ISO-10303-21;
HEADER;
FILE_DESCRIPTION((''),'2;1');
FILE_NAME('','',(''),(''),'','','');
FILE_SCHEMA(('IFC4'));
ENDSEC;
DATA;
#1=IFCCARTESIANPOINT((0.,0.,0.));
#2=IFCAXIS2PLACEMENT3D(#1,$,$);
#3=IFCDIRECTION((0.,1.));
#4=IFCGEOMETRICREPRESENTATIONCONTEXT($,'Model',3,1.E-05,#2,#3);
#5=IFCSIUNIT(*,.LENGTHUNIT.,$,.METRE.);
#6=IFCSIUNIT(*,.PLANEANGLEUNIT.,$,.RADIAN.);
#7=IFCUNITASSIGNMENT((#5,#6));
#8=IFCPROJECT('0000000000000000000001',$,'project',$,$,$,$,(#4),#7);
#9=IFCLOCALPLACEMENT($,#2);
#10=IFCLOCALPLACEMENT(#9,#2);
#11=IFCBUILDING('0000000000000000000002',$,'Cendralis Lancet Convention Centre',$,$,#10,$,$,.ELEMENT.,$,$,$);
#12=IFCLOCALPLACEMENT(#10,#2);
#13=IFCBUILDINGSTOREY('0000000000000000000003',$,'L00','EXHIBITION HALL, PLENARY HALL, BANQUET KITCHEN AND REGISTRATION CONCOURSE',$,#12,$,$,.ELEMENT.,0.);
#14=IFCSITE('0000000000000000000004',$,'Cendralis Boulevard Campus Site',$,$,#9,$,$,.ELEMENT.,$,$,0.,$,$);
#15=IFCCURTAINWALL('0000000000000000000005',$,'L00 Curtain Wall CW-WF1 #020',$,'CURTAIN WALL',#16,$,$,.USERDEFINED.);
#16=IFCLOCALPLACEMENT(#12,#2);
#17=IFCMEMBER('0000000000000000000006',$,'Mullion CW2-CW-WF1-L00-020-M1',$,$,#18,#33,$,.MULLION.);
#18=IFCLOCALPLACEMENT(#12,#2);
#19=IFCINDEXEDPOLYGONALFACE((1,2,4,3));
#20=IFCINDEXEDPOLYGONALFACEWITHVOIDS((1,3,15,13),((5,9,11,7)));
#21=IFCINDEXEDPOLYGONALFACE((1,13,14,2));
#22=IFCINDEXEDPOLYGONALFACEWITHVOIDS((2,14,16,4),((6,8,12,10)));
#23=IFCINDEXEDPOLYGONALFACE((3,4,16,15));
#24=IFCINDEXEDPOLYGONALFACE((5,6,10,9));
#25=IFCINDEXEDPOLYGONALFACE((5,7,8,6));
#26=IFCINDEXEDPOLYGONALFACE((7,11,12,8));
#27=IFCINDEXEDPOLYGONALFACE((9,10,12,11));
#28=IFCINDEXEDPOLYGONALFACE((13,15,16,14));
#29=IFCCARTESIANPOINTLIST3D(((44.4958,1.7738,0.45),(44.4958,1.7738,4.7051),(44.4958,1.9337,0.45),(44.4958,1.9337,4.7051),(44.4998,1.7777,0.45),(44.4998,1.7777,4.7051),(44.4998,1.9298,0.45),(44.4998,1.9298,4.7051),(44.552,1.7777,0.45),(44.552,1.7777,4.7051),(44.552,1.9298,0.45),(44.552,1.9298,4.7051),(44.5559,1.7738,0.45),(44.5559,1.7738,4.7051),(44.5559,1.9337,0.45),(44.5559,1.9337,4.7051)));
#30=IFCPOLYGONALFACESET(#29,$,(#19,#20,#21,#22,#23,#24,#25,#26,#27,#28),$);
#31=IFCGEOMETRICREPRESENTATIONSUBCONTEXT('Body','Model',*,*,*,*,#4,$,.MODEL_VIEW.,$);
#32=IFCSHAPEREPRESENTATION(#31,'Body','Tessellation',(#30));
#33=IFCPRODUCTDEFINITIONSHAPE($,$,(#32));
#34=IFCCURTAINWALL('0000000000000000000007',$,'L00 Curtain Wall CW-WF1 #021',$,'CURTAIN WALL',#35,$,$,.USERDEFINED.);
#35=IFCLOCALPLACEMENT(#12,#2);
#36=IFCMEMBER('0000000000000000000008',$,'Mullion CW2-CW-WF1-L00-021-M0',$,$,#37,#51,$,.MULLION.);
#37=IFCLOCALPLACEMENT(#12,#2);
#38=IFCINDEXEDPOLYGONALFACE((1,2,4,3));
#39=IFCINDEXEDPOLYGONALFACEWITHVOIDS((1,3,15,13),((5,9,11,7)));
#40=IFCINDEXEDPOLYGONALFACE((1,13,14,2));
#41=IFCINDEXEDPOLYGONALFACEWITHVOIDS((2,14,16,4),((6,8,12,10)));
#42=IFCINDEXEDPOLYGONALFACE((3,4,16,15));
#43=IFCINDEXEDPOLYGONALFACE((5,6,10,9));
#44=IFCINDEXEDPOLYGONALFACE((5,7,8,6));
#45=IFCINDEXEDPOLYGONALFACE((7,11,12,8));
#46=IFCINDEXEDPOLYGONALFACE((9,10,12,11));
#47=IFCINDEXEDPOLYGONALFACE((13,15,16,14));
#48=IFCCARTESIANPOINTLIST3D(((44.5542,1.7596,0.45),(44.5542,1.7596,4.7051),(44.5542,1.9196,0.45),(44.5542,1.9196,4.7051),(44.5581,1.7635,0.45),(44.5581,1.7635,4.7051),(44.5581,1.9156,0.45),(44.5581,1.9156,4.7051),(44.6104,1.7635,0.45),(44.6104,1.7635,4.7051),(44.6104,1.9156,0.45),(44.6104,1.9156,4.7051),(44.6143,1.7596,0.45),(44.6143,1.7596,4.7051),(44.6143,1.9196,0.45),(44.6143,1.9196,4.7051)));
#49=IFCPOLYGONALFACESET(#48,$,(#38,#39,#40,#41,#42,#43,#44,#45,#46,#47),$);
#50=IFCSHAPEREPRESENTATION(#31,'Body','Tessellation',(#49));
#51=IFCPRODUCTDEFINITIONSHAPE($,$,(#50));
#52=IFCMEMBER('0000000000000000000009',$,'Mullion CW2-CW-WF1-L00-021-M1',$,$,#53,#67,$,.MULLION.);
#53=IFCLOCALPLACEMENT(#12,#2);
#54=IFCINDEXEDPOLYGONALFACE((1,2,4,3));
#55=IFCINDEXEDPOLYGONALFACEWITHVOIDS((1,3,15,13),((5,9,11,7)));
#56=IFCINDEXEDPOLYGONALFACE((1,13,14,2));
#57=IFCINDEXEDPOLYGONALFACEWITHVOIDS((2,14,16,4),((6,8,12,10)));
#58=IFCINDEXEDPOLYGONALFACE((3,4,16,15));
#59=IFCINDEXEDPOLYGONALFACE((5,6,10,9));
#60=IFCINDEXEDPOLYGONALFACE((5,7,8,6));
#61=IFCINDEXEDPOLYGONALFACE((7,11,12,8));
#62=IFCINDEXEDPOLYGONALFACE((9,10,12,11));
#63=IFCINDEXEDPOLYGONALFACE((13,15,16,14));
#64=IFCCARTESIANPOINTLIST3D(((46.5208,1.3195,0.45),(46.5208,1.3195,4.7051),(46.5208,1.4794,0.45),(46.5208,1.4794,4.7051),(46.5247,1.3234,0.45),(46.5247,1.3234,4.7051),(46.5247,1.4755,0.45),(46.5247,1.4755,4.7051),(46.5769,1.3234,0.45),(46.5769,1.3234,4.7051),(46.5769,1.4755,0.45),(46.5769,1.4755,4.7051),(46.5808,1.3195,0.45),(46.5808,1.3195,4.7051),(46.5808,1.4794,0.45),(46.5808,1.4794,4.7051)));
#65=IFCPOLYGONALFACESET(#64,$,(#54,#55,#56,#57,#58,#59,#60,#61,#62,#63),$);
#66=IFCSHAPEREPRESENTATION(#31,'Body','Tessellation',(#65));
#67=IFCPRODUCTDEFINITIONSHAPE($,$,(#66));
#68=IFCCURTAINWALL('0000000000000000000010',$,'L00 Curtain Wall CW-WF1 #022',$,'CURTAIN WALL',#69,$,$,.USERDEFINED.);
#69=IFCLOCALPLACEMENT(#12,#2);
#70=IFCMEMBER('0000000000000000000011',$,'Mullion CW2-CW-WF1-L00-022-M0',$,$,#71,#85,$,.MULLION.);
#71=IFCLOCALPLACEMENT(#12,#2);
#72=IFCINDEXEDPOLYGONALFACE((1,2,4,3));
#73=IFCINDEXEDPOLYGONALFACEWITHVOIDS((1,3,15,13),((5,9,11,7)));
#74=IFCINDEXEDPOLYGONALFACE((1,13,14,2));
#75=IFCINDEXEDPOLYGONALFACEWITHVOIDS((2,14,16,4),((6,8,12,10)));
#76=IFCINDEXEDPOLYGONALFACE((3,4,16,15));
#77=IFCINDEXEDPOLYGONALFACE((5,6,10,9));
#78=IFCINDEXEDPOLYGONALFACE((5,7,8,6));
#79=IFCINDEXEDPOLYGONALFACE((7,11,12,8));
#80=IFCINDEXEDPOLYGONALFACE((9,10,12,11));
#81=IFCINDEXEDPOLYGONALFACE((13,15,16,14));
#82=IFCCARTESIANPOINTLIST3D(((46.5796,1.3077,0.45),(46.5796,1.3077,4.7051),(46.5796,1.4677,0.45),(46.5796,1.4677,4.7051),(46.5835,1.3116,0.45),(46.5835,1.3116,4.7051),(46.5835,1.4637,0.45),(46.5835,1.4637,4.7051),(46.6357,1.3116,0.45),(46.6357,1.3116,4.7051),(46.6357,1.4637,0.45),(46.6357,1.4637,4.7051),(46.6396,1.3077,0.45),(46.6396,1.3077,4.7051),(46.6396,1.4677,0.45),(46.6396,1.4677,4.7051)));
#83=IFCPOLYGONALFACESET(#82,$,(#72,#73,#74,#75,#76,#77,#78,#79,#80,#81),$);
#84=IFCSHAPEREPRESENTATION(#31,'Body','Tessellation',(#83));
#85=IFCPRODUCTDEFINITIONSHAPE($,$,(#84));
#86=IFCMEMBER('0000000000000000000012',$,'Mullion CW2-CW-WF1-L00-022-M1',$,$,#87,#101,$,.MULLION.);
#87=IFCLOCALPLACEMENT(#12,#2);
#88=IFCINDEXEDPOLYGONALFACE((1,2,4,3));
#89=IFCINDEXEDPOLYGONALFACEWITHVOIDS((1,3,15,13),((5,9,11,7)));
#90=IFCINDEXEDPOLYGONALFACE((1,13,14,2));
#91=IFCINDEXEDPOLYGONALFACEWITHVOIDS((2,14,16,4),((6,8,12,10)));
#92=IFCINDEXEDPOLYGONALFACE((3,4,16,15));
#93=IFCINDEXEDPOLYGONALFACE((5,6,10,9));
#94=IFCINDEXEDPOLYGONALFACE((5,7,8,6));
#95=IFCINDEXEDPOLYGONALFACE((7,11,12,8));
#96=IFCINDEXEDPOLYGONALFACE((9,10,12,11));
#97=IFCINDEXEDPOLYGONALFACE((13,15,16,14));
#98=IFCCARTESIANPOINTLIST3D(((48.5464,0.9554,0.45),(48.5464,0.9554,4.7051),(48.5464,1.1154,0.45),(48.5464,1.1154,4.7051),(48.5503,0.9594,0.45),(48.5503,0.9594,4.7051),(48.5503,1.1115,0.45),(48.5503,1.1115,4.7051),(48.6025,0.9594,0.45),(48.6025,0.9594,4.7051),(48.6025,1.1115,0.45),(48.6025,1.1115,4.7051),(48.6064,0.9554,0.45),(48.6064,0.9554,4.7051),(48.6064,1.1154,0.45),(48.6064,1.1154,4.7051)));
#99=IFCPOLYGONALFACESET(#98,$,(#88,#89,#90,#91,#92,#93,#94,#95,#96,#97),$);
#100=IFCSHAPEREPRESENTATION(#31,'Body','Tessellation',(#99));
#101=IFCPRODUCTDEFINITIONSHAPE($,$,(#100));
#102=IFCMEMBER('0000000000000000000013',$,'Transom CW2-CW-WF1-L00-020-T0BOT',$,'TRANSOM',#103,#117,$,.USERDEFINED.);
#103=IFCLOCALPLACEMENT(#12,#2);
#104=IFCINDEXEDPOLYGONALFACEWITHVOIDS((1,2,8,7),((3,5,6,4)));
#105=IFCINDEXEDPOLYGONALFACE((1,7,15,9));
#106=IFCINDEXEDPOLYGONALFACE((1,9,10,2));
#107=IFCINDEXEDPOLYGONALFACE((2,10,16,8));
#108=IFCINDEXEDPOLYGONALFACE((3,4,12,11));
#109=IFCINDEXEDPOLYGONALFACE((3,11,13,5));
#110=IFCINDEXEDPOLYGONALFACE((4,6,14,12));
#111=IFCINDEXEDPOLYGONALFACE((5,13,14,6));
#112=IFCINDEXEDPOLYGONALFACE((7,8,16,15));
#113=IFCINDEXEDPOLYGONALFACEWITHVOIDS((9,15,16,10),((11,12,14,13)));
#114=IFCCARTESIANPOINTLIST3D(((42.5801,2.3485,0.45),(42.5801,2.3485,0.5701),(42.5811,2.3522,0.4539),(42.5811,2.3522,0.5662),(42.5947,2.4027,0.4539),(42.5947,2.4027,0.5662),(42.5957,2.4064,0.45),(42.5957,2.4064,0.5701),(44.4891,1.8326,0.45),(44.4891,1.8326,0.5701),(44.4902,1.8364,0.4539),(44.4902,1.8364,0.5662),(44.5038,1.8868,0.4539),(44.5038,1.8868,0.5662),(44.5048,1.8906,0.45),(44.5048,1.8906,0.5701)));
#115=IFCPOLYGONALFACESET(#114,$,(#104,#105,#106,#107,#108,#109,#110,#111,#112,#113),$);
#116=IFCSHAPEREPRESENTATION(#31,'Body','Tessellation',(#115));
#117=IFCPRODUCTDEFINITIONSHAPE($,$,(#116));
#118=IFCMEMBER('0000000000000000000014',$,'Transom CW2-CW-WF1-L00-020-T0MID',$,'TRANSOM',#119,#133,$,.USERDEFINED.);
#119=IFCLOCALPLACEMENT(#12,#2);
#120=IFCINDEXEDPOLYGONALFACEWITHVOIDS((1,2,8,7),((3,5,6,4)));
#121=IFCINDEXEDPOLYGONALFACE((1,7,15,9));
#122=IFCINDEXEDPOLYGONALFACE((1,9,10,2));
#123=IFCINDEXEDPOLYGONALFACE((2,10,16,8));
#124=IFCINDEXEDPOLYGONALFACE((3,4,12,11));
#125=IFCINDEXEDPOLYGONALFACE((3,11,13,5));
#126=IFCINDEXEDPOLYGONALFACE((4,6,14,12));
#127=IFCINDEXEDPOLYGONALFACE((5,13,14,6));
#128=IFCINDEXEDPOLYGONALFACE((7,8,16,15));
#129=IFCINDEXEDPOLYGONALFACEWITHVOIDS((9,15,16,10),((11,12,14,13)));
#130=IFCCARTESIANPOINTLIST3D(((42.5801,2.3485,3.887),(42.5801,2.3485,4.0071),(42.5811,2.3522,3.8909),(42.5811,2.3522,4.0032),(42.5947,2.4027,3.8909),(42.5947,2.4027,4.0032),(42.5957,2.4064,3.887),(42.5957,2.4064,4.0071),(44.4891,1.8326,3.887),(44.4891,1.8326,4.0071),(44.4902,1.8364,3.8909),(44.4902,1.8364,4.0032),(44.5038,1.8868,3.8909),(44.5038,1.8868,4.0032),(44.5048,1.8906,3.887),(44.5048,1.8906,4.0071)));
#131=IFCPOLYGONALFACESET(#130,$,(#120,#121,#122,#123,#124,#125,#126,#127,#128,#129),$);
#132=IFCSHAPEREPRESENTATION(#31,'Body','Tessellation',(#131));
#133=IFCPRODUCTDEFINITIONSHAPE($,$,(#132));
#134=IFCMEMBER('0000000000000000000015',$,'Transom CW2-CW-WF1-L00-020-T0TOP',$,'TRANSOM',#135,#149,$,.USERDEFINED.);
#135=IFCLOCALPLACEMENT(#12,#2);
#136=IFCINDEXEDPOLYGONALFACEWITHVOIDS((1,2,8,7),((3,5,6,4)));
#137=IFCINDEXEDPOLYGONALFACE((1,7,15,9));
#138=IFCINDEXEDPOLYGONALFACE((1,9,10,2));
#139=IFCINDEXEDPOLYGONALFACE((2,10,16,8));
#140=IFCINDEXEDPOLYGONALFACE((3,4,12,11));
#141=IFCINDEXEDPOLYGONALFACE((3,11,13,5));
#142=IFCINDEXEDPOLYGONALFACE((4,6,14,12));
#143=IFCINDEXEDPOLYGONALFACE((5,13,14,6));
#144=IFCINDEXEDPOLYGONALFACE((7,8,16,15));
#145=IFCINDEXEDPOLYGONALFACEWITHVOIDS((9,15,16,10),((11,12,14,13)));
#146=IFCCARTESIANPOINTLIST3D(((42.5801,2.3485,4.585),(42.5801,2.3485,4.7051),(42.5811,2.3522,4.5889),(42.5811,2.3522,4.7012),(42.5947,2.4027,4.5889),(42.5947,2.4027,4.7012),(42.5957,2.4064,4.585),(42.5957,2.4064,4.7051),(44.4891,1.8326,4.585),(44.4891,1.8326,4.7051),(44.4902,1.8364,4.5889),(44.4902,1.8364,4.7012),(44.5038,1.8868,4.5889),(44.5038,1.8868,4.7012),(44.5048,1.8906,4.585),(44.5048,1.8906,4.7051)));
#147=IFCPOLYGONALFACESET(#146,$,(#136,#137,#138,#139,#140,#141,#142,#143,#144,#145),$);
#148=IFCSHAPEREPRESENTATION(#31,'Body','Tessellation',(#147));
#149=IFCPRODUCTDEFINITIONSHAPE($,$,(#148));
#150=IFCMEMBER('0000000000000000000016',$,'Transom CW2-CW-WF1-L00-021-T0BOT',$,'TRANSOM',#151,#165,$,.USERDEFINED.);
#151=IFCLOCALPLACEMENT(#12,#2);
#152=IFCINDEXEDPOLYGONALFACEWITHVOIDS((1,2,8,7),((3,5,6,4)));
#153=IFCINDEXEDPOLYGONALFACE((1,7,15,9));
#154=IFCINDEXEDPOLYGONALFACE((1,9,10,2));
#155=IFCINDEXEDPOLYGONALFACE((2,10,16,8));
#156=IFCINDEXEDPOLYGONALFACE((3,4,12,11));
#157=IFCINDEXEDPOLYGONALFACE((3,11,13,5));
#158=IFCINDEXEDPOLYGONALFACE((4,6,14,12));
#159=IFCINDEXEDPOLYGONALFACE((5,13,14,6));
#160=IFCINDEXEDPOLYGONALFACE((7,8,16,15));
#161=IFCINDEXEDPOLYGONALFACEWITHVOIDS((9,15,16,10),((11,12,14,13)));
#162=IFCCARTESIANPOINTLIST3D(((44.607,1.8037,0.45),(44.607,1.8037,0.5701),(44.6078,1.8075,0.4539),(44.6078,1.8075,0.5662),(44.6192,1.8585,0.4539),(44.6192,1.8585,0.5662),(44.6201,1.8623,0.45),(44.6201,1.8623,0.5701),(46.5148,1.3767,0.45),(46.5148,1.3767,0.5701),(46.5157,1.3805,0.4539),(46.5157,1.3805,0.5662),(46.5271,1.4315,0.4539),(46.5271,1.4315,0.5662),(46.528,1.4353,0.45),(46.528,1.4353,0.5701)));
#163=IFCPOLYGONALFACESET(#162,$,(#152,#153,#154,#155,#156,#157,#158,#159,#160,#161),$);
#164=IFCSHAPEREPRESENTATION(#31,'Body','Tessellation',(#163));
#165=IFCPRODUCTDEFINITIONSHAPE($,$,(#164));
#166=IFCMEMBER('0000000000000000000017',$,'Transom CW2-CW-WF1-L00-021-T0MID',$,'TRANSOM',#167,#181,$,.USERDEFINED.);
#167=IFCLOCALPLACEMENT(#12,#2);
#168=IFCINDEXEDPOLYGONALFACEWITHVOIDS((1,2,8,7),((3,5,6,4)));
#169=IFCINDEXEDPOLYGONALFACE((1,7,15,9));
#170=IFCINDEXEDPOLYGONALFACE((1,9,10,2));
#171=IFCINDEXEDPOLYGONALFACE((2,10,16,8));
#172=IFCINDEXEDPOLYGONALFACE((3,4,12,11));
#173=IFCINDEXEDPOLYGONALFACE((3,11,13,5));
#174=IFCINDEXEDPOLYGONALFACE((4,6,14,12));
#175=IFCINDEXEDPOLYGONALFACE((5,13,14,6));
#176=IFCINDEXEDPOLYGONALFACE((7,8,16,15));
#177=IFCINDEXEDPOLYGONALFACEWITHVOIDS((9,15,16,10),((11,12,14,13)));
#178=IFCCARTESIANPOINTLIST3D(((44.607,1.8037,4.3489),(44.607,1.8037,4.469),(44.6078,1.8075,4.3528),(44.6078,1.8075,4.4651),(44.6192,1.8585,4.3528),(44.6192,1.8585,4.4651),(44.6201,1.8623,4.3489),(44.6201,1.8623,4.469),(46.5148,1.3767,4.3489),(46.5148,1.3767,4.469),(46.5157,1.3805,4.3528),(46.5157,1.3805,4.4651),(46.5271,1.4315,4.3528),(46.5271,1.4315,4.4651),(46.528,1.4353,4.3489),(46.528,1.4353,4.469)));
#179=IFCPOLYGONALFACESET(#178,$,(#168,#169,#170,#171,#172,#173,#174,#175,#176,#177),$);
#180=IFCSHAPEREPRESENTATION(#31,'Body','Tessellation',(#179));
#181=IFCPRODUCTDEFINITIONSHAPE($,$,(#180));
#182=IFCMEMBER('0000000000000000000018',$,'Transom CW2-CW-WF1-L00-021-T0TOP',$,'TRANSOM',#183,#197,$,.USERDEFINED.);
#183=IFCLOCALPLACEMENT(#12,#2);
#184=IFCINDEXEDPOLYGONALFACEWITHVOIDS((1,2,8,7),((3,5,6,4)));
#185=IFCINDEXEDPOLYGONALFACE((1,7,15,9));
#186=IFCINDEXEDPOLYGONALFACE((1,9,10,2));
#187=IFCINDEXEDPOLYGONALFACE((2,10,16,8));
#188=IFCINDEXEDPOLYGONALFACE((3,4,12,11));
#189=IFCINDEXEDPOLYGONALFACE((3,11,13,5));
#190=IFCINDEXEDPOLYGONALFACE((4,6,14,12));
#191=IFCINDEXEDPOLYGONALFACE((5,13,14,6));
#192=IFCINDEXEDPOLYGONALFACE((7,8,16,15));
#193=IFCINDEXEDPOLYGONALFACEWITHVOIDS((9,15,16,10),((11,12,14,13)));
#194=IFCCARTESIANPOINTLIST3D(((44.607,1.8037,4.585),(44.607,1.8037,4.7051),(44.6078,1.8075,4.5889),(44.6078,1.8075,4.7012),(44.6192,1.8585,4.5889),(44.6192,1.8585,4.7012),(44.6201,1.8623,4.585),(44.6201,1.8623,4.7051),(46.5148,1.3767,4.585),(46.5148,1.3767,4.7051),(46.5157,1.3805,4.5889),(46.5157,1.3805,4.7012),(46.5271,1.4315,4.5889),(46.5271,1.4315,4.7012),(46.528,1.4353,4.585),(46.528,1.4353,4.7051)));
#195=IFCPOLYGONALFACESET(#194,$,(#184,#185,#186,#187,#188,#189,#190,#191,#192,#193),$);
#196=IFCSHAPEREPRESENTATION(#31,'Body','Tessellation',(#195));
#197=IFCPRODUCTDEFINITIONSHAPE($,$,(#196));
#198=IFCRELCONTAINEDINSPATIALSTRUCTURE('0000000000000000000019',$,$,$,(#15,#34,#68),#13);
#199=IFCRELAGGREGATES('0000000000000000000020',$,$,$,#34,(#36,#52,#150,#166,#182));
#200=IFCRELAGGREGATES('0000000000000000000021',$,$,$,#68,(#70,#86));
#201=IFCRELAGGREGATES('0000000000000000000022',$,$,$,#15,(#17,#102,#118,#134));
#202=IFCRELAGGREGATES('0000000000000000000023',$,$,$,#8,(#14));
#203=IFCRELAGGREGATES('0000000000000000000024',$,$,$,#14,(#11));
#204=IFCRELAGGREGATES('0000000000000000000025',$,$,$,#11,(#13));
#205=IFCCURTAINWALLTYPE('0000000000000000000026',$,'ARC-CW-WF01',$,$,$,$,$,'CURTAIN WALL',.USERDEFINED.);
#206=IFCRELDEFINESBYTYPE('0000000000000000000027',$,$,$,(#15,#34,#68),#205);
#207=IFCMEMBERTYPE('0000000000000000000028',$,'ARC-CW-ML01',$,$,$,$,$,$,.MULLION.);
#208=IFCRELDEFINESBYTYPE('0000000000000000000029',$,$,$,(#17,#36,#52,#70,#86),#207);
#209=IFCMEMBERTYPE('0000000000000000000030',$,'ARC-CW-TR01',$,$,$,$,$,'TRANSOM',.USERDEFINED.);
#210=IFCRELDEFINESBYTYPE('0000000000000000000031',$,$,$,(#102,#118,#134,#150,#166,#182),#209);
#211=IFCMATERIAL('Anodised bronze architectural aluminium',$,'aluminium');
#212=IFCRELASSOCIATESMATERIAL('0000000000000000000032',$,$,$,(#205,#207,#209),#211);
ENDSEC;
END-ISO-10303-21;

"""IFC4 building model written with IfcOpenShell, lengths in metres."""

from ifc_helpers import new_model, si_unit, direction, frame, origin, origin_2d, place, context, subcontext, project, spatial, hollow_rectangle, extrude, material, material_profile, profile_set, type_object, element, aggregate, save


model = new_model("IFC4")

# Units and contexts
model_context = context("Model", 3, precision=1e-05, world=origin(), true_north=direction((0.0, 1.0)))
body_context = subcontext(model_context, "Body", "Model", "MODEL_VIEW")
ifc_project = project(units=[si_unit("LENGTHUNIT", "METRE"), si_unit("PLANEANGLEUNIT", "RADIAN")], contexts=[model_context])

# Site, building, storey
site_placement = place(None, origin())
site = spatial("IfcSite", under=ifc_project, at=site_placement, Name="Cendralis Boulevard Campus Site", CompositionType="ELEMENT", RefElevation=0.0)
building_placement = place(site_placement, origin())
building = spatial("IfcBuilding", under=site, at=building_placement, Name="Cendralis Lancet Convention Centre", CompositionType="ELEMENT")
storey_placement = place(building_placement, origin())
storey = spatial("IfcBuildingStorey", under=building, at=storey_placement, Name="L00", Description="EXHIBITION HALL, PLENARY HALL, BANQUET KITCHEN AND REGISTRATION CONCOURSE", CompositionType="ELEMENT", Elevation=0.0)

# Shared definitions
ifc_material_1 = material(Name="Anodised bronze architectural aluminium", Category="aluminium")
curtain_wall_type = type_object("IfcCurtainWallType", Name="ARC-CW-WF01", ElementType="CURTAIN WALL", PredefinedType="USERDEFINED", material=ifc_material_1)
ifc_material_profile_1 = material_profile(ifc_material_1, hollow_rectangle(XDim=0.0601, YDim=0.1599, WallThickness=0.0039, at=origin_2d()), Name="AL-MULL 60x160x4.0")
ifc_profile_set_1 = profile_set([ifc_material_profile_1], Name="Anodised bronze architectural aluminium")
member_type_1 = type_object("IfcMemberType", Name="ARC-CW-ML01", PredefinedType="MULLION", material=ifc_profile_set_1)

# Curtain walls, members
curtain_wall_1_placement = place(storey_placement, origin())
curtain_wall_1 = element("IfcCurtainWall", 1, at=curtain_wall_1_placement, inside=storey, type_object=curtain_wall_type, Name="L00 Curtain Wall CW-WF1 #020", ObjectType="CURTAIN WALL", PredefinedType="USERDEFINED")
member_1_placement = place(storey_placement, frame((44.5259, 1.8538, 0.45), z_axis=(0.0, 0.0, 1.0), x_axis=(1.0, 0.0, 0.0)))
member_1 = element("IfcMember", 2, at=member_1_placement, type_object=member_type_1, Name="Mullion CW2-CW-WF1-L00-020-M1", PredefinedType="MULLION", context=body_context, shape_type="SweptSolid", body=[
    extrude(hollow_rectangle(XDim=0.0601, YDim=0.1599, WallThickness=0.0039, at=origin_2d()), origin(), (0.0, 0.0, 1.0), 4.2551),
])
curtain_wall_2_placement = place(storey_placement, origin())
curtain_wall_2 = element("IfcCurtainWall", 3, at=curtain_wall_2_placement, inside=storey, type_object=curtain_wall_type, Name="L00 Curtain Wall CW-WF1 #021", ObjectType="CURTAIN WALL", PredefinedType="USERDEFINED")
member_2_placement = place(storey_placement, frame((44.5842, 1.8396, 0.45), z_axis=(0.0, 0.0, 1.0), x_axis=(1.0, 0.0, 0.0)))
member_2 = element("IfcMember", 4, at=member_2_placement, type_object=member_type_1, Name="Mullion CW2-CW-WF1-L00-021-M0", PredefinedType="MULLION", context=body_context, shape_type="SweptSolid", body=[
    extrude(hollow_rectangle(XDim=0.0601, YDim=0.1599, WallThickness=0.0039, at=origin_2d()), origin(), (0.0, 0.0, 1.0), 4.2551),
])
member_3_placement = place(storey_placement, frame((46.5508, 1.3994, 0.45), z_axis=(0.0, 0.0, 1.0), x_axis=(1.0, 0.0, 0.0)))
member_3 = element("IfcMember", 5, at=member_3_placement, type_object=member_type_1, Name="Mullion CW2-CW-WF1-L00-021-M1", PredefinedType="MULLION", context=body_context, shape_type="SweptSolid", body=[
    extrude(hollow_rectangle(XDim=0.0601, YDim=0.1599, WallThickness=0.0039, at=origin_2d()), origin(), (0.0, 0.0, 1.0), 4.2551),
])
curtain_wall_3_placement = place(storey_placement, origin())
curtain_wall_3 = element("IfcCurtainWall", 6, at=curtain_wall_3_placement, inside=storey, type_object=curtain_wall_type, Name="L00 Curtain Wall CW-WF1 #022", ObjectType="CURTAIN WALL", PredefinedType="USERDEFINED")
member_4_placement = place(storey_placement, frame((46.6096, 1.3877, 0.45), z_axis=(0.0, 0.0, 1.0), x_axis=(1.0, 0.0, 0.0)))
member_4 = element("IfcMember", 7, at=member_4_placement, type_object=member_type_1, Name="Mullion CW2-CW-WF1-L00-022-M0", PredefinedType="MULLION", context=body_context, shape_type="SweptSolid", body=[
    extrude(hollow_rectangle(XDim=0.0601, YDim=0.1599, WallThickness=0.0039, at=origin_2d()), origin(), (0.0, 0.0, 1.0), 4.2551),
])
member_5_placement = place(storey_placement, frame((48.5764, 1.0354, 0.45), z_axis=(0.0, 0.0, 1.0), x_axis=(1.0, 0.0, 0.0)))
member_5 = element("IfcMember", 8, at=member_5_placement, type_object=member_type_1, Name="Mullion CW2-CW-WF1-L00-022-M1", PredefinedType="MULLION", context=body_context, shape_type="SweptSolid", body=[
    extrude(hollow_rectangle(XDim=0.0601, YDim=0.1599, WallThickness=0.0039, at=origin_2d()), origin(), (0.0, 0.0, 1.0), 4.2551),
])

# Members
ifc_material_profile_2 = material_profile(ifc_material_1, hollow_rectangle(XDim=0.0601, YDim=0.1201, WallThickness=0.0039, at=origin_2d()), Name="AL-TRAN 60x120x4.0")
ifc_profile_set_2 = profile_set([ifc_material_profile_2], Name="Anodised bronze architectural aluminium")
member_type_2 = type_object("IfcMemberType", Name="ARC-CW-TR01", ElementType="TRANSOM", PredefinedType="USERDEFINED", material=ifc_profile_set_2)
member_6_placement = place(storey_placement, frame((42.5879, 2.3774, 0.51), z_axis=(0.965379, -0.26085, 0.0), x_axis=(0.26085, 0.965379, 0.0)))
member_6 = element("IfcMember", 9, at=member_6_placement, type_object=member_type_2, Name="Transom CW2-CW-WF1-L00-020-T0BOT", ObjectType="TRANSOM", PredefinedType="USERDEFINED", context=body_context, shape_type="SweptSolid", body=[
    extrude(hollow_rectangle(XDim=0.0601, YDim=0.1201, WallThickness=0.0039, at=origin_2d()), origin(), (0.0, 0.0, 1.0), 1.9775),
])
member_7_placement = place(storey_placement, frame((42.5879, 2.3774, 3.947), z_axis=(0.965379, -0.26085, 0.0), x_axis=(0.26085, 0.965379, 0.0)))
member_7 = element("IfcMember", 10, at=member_7_placement, type_object=member_type_2, Name="Transom CW2-CW-WF1-L00-020-T0MID", ObjectType="TRANSOM", PredefinedType="USERDEFINED", context=body_context, shape_type="SweptSolid", body=[
    extrude(hollow_rectangle(XDim=0.0601, YDim=0.1201, WallThickness=0.0039, at=origin_2d()), origin(), (0.0, 0.0, 1.0), 1.9775),
])
member_8_placement = place(storey_placement, frame((42.5879, 2.3774, 4.645), z_axis=(0.965379, -0.26085, 0.0), x_axis=(0.26085, 0.965379, 0.0)))
member_8 = element("IfcMember", 11, at=member_8_placement, type_object=member_type_2, Name="Transom CW2-CW-WF1-L00-020-T0TOP", ObjectType="TRANSOM", PredefinedType="USERDEFINED", context=body_context, shape_type="SweptSolid", body=[
    extrude(hollow_rectangle(XDim=0.0601, YDim=0.1201, WallThickness=0.0039, at=origin_2d()), origin(), (0.0, 0.0, 1.0), 1.9775),
])
member_9_placement = place(storey_placement, frame((44.6135, 1.833, 0.51), z_axis=(0.97586, -0.218398, 0.0), x_axis=(0.218398, 0.97586, 0.0)))
member_9 = element("IfcMember", 12, at=member_9_placement, type_object=member_type_2, Name="Transom CW2-CW-WF1-L00-021-T0BOT", ObjectType="TRANSOM", PredefinedType="USERDEFINED", context=body_context, shape_type="SweptSolid", body=[
    extrude(hollow_rectangle(XDim=0.0601, YDim=0.1201, WallThickness=0.0039, at=origin_2d()), origin(), (0.0, 0.0, 1.0), 1.9551),
])
member_10_placement = place(storey_placement, frame((44.6135, 1.833, 4.4089), z_axis=(0.97586, -0.218398, 0.0), x_axis=(0.218398, 0.97586, 0.0)))
member_10 = element("IfcMember", 13, at=member_10_placement, type_object=member_type_2, Name="Transom CW2-CW-WF1-L00-021-T0MID", ObjectType="TRANSOM", PredefinedType="USERDEFINED", context=body_context, shape_type="SweptSolid", body=[
    extrude(hollow_rectangle(XDim=0.0601, YDim=0.1201, WallThickness=0.0039, at=origin_2d()), origin(), (0.0, 0.0, 1.0), 1.9551),
])
member_11_placement = place(storey_placement, frame((44.6135, 1.833, 4.645), z_axis=(0.97586, -0.218398, 0.0), x_axis=(0.218398, 0.97586, 0.0)))
member_11 = element("IfcMember", 14, at=member_11_placement, type_object=member_type_2, Name="Transom CW2-CW-WF1-L00-021-T0TOP", ObjectType="TRANSOM", PredefinedType="USERDEFINED", context=body_context, shape_type="SweptSolid", body=[
    extrude(hollow_rectangle(XDim=0.0601, YDim=0.1201, WallThickness=0.0039, at=origin_2d()), origin(), (0.0, 0.0, 1.0), 1.9551),
])

aggregate(curtain_wall_2, [member_2, member_3, member_9, member_10, member_11])
aggregate(curtain_wall_3, [member_4, member_5])
aggregate(curtain_wall_1, [member_1, member_6, member_7, member_8])

save(model, "model.ifc")
